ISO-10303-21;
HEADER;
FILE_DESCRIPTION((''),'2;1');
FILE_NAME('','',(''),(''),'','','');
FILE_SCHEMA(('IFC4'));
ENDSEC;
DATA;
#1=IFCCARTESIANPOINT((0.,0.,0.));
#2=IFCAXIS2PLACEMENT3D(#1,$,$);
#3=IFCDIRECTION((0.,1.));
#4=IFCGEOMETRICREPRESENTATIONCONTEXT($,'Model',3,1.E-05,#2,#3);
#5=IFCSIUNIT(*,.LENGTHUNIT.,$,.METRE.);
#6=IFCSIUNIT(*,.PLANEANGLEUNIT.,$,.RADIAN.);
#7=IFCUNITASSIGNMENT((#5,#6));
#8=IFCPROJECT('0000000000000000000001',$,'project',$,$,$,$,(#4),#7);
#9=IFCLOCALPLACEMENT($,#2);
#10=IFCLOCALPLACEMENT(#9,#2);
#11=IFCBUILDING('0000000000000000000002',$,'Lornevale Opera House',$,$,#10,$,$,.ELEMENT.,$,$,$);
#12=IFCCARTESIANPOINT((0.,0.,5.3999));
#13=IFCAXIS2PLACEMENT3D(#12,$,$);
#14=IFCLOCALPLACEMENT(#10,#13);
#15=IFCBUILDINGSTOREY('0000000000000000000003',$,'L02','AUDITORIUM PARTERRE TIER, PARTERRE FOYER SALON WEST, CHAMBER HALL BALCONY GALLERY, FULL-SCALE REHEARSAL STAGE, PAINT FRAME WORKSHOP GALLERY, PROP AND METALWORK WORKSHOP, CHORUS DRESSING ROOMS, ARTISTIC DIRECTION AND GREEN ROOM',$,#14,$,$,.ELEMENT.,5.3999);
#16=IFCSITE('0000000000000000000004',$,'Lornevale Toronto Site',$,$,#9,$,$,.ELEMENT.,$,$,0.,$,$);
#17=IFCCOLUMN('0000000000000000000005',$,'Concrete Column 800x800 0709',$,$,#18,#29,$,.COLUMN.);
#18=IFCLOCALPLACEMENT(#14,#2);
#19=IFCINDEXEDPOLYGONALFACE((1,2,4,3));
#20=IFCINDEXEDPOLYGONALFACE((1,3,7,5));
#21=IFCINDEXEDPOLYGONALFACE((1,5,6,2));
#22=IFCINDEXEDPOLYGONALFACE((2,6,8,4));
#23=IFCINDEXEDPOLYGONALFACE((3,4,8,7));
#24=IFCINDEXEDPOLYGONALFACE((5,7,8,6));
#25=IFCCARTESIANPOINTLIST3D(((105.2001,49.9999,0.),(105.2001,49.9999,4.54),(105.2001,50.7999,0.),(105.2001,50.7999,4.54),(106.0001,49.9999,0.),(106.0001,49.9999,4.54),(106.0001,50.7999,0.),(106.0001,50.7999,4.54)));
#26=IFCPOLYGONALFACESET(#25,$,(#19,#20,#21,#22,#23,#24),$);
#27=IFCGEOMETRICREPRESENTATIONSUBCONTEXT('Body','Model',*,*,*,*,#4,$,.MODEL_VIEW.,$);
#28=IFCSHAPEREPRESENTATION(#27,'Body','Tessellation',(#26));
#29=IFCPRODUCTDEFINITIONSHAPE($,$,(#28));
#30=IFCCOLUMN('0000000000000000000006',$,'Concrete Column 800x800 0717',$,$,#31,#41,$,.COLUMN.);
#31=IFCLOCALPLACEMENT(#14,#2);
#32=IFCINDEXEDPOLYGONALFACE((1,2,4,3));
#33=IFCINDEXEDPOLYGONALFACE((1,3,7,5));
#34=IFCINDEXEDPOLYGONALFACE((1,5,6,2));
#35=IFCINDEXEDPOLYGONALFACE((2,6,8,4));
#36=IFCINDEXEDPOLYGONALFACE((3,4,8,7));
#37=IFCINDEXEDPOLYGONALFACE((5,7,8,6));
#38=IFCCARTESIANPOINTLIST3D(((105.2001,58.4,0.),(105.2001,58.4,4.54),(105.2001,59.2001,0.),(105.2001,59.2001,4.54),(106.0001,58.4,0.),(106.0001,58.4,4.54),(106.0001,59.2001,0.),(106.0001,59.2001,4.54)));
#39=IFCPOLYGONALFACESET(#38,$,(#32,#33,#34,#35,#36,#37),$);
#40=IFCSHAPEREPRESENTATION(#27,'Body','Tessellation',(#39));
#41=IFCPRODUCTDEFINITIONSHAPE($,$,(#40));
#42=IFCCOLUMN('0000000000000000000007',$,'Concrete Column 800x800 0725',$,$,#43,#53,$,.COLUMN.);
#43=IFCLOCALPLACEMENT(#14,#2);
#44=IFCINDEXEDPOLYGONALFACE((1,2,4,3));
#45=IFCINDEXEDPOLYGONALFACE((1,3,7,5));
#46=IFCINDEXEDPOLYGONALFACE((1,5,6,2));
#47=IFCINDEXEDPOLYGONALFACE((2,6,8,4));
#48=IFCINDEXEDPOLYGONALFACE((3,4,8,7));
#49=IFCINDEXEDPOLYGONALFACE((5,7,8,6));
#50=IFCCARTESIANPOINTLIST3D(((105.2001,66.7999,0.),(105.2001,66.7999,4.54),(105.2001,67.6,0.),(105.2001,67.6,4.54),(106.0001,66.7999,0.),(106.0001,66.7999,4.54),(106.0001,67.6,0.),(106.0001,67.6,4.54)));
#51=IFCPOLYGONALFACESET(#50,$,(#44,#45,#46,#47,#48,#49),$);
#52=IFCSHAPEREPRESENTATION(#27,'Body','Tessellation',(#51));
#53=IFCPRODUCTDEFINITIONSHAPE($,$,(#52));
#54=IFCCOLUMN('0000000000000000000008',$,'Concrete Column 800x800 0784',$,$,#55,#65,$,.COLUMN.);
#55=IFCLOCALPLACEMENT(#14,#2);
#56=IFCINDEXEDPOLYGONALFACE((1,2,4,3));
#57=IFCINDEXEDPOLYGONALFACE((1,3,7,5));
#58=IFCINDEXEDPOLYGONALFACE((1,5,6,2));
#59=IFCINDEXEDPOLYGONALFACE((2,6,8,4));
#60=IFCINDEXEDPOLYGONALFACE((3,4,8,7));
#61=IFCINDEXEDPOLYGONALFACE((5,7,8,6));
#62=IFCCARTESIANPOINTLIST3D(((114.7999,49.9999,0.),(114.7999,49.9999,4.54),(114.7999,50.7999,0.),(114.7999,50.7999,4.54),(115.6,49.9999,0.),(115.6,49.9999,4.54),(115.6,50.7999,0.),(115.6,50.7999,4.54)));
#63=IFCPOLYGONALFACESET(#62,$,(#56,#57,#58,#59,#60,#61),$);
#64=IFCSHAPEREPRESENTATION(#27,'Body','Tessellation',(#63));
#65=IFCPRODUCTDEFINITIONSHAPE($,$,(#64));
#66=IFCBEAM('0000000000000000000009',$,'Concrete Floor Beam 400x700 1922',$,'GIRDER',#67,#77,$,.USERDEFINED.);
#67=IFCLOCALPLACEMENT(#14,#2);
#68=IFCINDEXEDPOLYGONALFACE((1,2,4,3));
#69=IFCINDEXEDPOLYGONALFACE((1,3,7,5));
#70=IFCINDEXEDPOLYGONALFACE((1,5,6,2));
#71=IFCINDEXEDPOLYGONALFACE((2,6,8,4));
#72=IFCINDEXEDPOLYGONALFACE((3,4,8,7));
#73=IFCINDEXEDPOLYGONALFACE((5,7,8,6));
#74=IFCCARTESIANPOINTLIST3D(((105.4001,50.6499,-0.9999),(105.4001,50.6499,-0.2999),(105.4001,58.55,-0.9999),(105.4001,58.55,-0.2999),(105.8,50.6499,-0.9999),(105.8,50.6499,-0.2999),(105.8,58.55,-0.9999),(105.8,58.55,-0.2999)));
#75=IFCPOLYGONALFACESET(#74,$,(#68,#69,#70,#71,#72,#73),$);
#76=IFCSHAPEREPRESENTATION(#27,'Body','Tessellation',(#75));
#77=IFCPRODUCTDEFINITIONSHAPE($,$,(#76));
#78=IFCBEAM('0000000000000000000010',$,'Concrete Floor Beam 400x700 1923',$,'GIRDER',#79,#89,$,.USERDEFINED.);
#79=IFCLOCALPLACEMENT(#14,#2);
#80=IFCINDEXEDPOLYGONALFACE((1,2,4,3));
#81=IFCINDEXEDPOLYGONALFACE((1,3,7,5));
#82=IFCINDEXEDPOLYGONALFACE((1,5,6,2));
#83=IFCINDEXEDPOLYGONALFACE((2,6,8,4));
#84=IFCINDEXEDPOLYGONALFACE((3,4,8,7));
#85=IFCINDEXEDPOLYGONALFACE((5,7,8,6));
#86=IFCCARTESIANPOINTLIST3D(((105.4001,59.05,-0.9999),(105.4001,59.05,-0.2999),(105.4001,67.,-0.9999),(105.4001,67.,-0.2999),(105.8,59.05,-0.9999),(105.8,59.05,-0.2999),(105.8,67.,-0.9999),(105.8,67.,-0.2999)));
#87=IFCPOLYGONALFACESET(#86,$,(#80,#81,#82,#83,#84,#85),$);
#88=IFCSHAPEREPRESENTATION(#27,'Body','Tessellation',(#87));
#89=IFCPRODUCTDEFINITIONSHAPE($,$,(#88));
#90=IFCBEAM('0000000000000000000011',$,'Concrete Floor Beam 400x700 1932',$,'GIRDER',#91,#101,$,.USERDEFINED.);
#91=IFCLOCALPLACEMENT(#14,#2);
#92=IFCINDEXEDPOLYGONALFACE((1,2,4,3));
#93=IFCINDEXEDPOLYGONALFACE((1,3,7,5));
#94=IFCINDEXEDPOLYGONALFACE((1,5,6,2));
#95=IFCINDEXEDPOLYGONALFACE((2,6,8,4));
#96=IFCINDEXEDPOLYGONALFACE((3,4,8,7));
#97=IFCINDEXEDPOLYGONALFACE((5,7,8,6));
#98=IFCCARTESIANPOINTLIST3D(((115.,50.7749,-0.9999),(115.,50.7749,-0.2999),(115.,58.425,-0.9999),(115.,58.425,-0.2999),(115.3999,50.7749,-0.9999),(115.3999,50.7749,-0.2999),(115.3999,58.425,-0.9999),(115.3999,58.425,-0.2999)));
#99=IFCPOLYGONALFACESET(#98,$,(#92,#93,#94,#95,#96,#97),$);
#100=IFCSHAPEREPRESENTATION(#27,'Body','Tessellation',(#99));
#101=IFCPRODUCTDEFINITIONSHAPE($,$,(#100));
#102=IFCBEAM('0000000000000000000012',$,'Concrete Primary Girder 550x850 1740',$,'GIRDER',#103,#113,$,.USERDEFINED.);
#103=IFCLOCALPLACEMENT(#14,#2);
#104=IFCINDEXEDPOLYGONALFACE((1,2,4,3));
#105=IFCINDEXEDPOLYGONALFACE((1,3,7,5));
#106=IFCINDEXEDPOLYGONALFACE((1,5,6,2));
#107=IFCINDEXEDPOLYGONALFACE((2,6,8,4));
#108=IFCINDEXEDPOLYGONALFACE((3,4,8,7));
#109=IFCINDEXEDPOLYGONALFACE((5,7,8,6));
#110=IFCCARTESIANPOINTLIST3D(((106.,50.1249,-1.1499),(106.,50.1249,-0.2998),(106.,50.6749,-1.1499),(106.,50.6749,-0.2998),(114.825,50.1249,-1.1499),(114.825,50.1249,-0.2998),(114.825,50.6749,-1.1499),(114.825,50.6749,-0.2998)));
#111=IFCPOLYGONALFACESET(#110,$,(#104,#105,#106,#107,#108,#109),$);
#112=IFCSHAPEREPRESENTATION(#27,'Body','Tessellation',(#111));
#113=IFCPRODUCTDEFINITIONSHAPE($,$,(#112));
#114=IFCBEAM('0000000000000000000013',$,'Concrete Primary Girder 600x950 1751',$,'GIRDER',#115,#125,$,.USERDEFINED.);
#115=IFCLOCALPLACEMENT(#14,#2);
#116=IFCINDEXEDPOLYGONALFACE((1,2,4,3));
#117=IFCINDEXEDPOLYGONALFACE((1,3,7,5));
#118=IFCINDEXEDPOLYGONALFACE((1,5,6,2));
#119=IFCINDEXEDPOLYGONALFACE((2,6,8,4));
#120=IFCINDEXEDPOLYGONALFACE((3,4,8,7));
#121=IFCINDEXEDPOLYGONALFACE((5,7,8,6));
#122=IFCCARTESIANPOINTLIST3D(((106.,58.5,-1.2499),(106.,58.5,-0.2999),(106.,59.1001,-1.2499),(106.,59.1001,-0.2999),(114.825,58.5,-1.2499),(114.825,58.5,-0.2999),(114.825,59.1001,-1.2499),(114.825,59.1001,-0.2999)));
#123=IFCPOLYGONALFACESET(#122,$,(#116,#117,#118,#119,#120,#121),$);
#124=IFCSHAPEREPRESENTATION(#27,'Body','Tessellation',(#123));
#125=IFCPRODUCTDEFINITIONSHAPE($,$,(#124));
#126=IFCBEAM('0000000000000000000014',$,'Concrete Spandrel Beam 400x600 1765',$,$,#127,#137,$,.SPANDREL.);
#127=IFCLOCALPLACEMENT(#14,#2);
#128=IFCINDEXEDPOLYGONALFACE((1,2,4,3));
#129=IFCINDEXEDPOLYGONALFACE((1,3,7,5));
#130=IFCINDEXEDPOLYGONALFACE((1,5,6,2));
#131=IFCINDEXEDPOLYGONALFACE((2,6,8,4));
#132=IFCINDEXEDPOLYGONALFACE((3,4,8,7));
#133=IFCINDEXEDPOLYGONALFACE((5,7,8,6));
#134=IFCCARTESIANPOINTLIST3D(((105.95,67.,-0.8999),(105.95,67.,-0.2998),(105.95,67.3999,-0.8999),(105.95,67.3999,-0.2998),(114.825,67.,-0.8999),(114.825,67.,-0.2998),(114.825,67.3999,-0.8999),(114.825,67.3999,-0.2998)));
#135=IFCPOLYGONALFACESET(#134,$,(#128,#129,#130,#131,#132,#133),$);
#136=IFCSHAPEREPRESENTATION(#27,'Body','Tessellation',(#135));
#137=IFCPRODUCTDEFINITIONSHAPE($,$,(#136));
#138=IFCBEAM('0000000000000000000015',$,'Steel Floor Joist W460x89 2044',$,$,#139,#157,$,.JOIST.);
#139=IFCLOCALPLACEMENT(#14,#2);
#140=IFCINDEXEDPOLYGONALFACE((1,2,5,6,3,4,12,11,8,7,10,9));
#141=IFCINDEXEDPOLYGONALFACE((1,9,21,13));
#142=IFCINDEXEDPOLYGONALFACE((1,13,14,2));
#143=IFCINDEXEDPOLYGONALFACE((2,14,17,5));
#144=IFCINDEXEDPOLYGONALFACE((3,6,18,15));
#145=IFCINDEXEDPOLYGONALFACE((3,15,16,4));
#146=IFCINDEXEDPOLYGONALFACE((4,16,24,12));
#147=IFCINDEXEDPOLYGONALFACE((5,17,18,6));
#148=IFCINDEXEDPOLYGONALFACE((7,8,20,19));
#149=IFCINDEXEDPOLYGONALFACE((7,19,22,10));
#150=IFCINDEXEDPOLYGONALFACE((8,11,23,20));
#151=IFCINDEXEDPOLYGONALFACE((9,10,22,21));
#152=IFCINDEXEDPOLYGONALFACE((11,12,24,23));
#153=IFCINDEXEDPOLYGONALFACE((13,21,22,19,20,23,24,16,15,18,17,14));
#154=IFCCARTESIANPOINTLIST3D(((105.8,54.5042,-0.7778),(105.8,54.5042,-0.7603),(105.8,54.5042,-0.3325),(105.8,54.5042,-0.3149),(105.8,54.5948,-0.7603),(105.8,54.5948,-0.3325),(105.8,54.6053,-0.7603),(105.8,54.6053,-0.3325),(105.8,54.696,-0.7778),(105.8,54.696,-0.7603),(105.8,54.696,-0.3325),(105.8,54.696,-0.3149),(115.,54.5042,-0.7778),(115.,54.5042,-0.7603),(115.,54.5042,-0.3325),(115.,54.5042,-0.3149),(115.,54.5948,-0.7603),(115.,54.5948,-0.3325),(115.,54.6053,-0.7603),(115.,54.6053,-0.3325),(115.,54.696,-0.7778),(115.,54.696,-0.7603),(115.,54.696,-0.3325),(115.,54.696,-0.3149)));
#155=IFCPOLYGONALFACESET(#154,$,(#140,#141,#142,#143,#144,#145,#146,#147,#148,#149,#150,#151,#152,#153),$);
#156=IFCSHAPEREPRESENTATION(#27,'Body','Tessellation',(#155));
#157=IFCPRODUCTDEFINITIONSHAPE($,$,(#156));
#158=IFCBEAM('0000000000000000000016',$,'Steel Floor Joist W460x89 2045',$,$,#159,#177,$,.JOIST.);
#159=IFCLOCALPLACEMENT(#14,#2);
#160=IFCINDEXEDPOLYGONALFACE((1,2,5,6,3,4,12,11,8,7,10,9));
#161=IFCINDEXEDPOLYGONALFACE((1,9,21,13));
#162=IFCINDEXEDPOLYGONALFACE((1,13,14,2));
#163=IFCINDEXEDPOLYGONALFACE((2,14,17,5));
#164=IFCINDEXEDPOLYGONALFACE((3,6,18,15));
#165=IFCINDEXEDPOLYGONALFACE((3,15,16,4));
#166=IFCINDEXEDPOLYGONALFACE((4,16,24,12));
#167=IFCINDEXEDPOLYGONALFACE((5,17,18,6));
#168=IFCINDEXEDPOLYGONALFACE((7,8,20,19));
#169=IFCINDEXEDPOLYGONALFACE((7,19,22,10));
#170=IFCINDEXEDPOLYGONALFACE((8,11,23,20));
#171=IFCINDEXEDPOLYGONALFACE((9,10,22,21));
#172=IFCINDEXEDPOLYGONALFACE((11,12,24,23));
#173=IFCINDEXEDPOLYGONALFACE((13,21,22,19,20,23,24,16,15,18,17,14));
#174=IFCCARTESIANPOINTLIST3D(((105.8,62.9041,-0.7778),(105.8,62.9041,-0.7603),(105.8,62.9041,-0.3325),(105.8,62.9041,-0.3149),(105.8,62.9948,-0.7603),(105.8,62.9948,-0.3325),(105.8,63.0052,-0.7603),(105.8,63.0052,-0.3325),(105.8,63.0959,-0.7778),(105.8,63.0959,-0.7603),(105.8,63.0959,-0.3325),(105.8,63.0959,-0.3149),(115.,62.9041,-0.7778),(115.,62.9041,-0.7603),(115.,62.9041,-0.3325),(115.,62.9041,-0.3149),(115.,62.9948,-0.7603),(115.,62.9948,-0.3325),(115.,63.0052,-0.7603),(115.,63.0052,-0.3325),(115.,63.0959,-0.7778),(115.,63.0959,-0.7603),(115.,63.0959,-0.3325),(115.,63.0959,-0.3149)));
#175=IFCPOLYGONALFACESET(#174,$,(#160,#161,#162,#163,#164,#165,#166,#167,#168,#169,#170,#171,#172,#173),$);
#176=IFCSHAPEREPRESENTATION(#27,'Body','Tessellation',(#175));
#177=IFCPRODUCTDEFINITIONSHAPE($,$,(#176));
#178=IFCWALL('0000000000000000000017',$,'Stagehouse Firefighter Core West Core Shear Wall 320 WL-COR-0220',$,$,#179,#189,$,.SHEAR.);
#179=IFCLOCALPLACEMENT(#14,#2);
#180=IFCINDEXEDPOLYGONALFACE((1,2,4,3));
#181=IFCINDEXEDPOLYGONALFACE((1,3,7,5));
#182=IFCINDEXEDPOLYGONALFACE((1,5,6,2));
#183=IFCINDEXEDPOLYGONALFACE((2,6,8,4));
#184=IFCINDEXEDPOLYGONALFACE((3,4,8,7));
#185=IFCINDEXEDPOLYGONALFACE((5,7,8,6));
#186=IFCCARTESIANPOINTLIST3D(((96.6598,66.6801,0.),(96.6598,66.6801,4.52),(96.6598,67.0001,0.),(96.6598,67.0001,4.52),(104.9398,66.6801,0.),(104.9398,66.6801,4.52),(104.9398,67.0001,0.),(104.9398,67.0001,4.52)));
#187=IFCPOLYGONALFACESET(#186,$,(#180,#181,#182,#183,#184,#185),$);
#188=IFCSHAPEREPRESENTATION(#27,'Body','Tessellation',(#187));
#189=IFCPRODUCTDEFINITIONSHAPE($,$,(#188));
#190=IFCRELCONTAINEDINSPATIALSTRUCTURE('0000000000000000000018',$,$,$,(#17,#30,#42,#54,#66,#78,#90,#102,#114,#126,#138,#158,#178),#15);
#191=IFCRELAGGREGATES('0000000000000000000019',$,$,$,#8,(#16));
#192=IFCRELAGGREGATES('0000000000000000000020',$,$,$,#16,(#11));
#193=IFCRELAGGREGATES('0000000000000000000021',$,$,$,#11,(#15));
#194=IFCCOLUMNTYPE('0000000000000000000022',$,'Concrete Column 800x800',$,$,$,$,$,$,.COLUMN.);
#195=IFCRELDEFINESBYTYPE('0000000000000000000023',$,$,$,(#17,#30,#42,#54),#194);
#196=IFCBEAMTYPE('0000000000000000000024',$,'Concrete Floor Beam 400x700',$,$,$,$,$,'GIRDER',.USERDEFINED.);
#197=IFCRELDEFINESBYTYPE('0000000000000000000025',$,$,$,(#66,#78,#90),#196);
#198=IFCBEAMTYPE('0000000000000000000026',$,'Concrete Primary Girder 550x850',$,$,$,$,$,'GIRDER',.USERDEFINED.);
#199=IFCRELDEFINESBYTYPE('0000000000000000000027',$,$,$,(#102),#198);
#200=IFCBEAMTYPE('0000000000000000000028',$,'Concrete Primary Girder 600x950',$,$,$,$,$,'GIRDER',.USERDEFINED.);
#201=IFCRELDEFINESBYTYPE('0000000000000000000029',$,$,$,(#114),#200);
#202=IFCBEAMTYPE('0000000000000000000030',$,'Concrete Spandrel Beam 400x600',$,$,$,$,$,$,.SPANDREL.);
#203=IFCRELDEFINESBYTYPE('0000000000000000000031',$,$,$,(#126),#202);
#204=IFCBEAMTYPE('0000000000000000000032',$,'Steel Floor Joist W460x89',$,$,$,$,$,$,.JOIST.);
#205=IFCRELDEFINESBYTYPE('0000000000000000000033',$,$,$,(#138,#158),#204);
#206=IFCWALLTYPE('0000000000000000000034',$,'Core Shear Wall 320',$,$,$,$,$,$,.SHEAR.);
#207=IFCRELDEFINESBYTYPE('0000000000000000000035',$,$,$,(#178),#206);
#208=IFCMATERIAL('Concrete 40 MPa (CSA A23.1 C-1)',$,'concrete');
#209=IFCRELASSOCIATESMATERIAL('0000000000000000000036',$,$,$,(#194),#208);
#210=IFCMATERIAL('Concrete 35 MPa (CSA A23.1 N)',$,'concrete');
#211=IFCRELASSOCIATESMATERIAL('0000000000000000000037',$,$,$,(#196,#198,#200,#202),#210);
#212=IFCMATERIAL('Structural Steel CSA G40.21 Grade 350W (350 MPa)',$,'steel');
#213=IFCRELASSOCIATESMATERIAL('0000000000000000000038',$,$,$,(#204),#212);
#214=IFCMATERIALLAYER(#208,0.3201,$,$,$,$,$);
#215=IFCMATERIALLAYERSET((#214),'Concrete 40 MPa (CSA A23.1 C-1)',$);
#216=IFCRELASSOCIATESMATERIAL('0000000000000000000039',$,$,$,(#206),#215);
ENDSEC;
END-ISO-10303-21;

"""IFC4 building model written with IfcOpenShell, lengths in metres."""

from ifc_helpers import new_model, si_unit, direction, frame, frame_2d, origin, origin_2d, place, context, subcontext, project, spatial, rectangle, i_section, extrude, material, layer, layer_set, material_profile, profile_set, type_object, element, save


model = new_model("IFC4")

# Units and contexts
model_context = context("Model", 3, precision=1e-05, world=origin(), true_north=direction((0.0, 1.0)))
body_context = subcontext(model_context, "Body", "Model", "MODEL_VIEW")
ifc_project = project(units=[si_unit("LENGTHUNIT", "METRE"), si_unit("PLANEANGLEUNIT", "RADIAN")], contexts=[model_context])

# Site, building, storey
site_placement = place(None, origin())
site = spatial("IfcSite", under=ifc_project, at=site_placement, Name="Lornevale Toronto Site", CompositionType="ELEMENT", RefElevation=0.0)
building_placement = place(site_placement, origin())
building = spatial("IfcBuilding", under=site, at=building_placement, Name="Lornevale Opera House", CompositionType="ELEMENT")
storey_placement = place(building_placement, frame((0.0, 0.0, 5.3999)))
storey = spatial("IfcBuildingStorey", under=building, at=storey_placement, Name="L02", Description="AUDITORIUM PARTERRE TIER, PARTERRE FOYER SALON WEST, CHAMBER HALL BALCONY GALLERY, FULL-SCALE REHEARSAL STAGE, PAINT FRAME WORKSHOP GALLERY, PROP AND METALWORK WORKSHOP, CHORUS DRESSING ROOMS, ARTISTIC DIRECTION AND GREEN ROOM", CompositionType="ELEMENT", Elevation=5.3999)

# Columns
ifc_material_1 = material(Name="Concrete 40 MPa (CSA A23.1 C-1)", Category="concrete")
ifc_material_profile_1 = material_profile(ifc_material_1, rectangle(XDim=0.8, YDim=0.8, at=origin_2d()), Name="RC800x800")
ifc_profile_set_1 = profile_set([ifc_material_profile_1], Name="Concrete 40 MPa (CSA A23.1 C-1)")
column_type = type_object("IfcColumnType", Name="Concrete Column 800x800", PredefinedType="COLUMN", material=ifc_profile_set_1)
for number, where, z_axis, x_axis, name in (
    (1, (105.6001, 50.3999, 0.0), (0.0, 0.0, 1.0), (1.0, 0.0, 0.0), "Concrete Column 800x800 0709"),
    (2, (105.6001, 58.8, 0.0), (0.0, 0.0, 1.0), (1.0, 0.0, 0.0), "Concrete Column 800x800 0717"),
    (3, (105.6001, 67.2, 0.0), (0.0, 0.0, 1.0), (1.0, 0.0, 0.0), "Concrete Column 800x800 0725"),
    (4, (115.2, 50.3999, 0.0), (0.0, 0.0, 1.0), (1.0, 0.0, 0.0), "Concrete Column 800x800 0784"),
):
    element("IfcColumn", number, at=place(storey_placement, frame(where, z_axis=z_axis, x_axis=x_axis)), inside=storey, type_object=column_type, Name=name, PredefinedType="COLUMN", context=body_context, shape_type="SweptSolid", body=[
        extrude(rectangle(XDim=0.8, YDim=0.8, at=origin_2d()), origin(), (0.0, 0.0, 1.0), 4.54),
    ])

# Beams
ifc_material_2 = material(Name="Concrete 35 MPa (CSA A23.1 N)", Category="concrete")
ifc_material_profile_2 = material_profile(ifc_material_2, rectangle(XDim=0.3999, YDim=0.7, at=origin_2d()), Name="RC400x700")
ifc_profile_set_2 = profile_set([ifc_material_profile_2], Name="Concrete 35 MPa (CSA A23.1 N)")
beam_type_1 = type_object("IfcBeamType", Name="Concrete Floor Beam 400x700", ElementType="GIRDER", PredefinedType="USERDEFINED", material=ifc_profile_set_2)
beam_1_placement = place(storey_placement, frame((105.6001, 50.6499, -0.6499), z_axis=(0.0, 1.0, 0.0), x_axis=(-1.0, 0.0, 0.0)))
element("IfcBeam", 5, at=beam_1_placement, inside=storey, type_object=beam_type_1, Name="Concrete Floor Beam 400x700 1922", ObjectType="GIRDER", PredefinedType="USERDEFINED", context=body_context, shape_type="SweptSolid", body=[
    extrude(rectangle(XDim=0.3999, YDim=0.7, at=origin_2d()), origin(), (0.0, 0.0, 1.0), 7.9001),
])
beam_2_placement = place(storey_placement, frame((105.6001, 59.05, -0.6499), z_axis=(0.0, 1.0, 0.0), x_axis=(-1.0, 0.0, 0.0)))
element("IfcBeam", 6, at=beam_2_placement, inside=storey, type_object=beam_type_1, Name="Concrete Floor Beam 400x700 1923", ObjectType="GIRDER", PredefinedType="USERDEFINED", context=body_context, shape_type="SweptSolid", body=[
    extrude(rectangle(XDim=0.3999, YDim=0.7, at=origin_2d()), origin(), (0.0, 0.0, 1.0), 7.95),
])
beam_3_placement = place(storey_placement, frame((115.2, 50.7749, -0.6499), z_axis=(0.0, 1.0, 0.0), x_axis=(-1.0, 0.0, 0.0)))
element("IfcBeam", 7, at=beam_3_placement, inside=storey, type_object=beam_type_1, Name="Concrete Floor Beam 400x700 1932", ObjectType="GIRDER", PredefinedType="USERDEFINED", context=body_context, shape_type="SweptSolid", body=[
    extrude(rectangle(XDim=0.3999, YDim=0.7, at=origin_2d()), origin(), (0.0, 0.0, 1.0), 7.6501),
])
ifc_material_profile_3 = material_profile(ifc_material_2, rectangle(XDim=0.55, YDim=0.8501, at=origin_2d()), Name="RC550x850")
ifc_profile_set_3 = profile_set([ifc_material_profile_3], Name="Concrete 35 MPa (CSA A23.1 N)")
beam_type_2 = type_object("IfcBeamType", Name="Concrete Primary Girder 550x850", ElementType="GIRDER", PredefinedType="USERDEFINED", material=ifc_profile_set_3)
beam_4_placement = place(storey_placement, frame((106.0, 50.3999, -0.7249), z_axis=(1.0, 0.0, 0.0), x_axis=(0.0, 1.0, 0.0)))
element("IfcBeam", 8, at=beam_4_placement, inside=storey, type_object=beam_type_2, Name="Concrete Primary Girder 550x850 1740", ObjectType="GIRDER", PredefinedType="USERDEFINED", context=body_context, shape_type="SweptSolid", body=[
    extrude(rectangle(XDim=0.55, YDim=0.8501, at=origin_2d()), origin(), (0.0, 0.0, 1.0), 8.825),
])
ifc_material_profile_4 = material_profile(ifc_material_2, rectangle(XDim=0.6001, YDim=0.95, at=origin_2d()), Name="RC600x950")
ifc_profile_set_4 = profile_set([ifc_material_profile_4], Name="Concrete 35 MPa (CSA A23.1 N)")
beam_type_3 = type_object("IfcBeamType", Name="Concrete Primary Girder 600x950", ElementType="GIRDER", PredefinedType="USERDEFINED", material=ifc_profile_set_4)
beam_5_placement = place(storey_placement, frame((106.0, 58.8, -0.7749), z_axis=(1.0, 0.0, 0.0), x_axis=(0.0, 1.0, 0.0)))
element("IfcBeam", 9, at=beam_5_placement, inside=storey, type_object=beam_type_3, Name="Concrete Primary Girder 600x950 1751", ObjectType="GIRDER", PredefinedType="USERDEFINED", context=body_context, shape_type="SweptSolid", body=[
    extrude(rectangle(XDim=0.6001, YDim=0.95, at=origin_2d()), origin(), (0.0, 0.0, 1.0), 8.825),
])
ifc_material_profile_5 = material_profile(ifc_material_2, rectangle(XDim=0.3999, YDim=0.6001, at=origin_2d()), Name="RC400x600")
ifc_profile_set_5 = profile_set([ifc_material_profile_5], Name="Concrete 35 MPa (CSA A23.1 N)")
beam_type_4 = type_object("IfcBeamType", Name="Concrete Spandrel Beam 400x600", PredefinedType="SPANDREL", material=ifc_profile_set_5)
beam_6_placement = place(storey_placement, frame((105.95, 67.2, -0.5999), z_axis=(1.0, 0.0, 0.0), x_axis=(0.0, 1.0, 0.0)))
element("IfcBeam", 10, at=beam_6_placement, inside=storey, type_object=beam_type_4, Name="Concrete Spandrel Beam 400x600 1765", PredefinedType="SPANDREL", context=body_context, shape_type="SweptSolid", body=[
    extrude(rectangle(XDim=0.3999, YDim=0.6001, at=origin_2d()), origin(), (0.0, 0.0, 1.0), 8.875),
])
ifc_material_3 = material(Name="Structural Steel CSA G40.21 Grade 350W (350 MPa)", Category="steel")
ifc_material_profile_6 = material_profile(ifc_material_3, i_section(OverallWidth=0.1919, OverallDepth=0.4629, WebThickness=0.0105, FlangeThickness=0.0176, at=origin_2d()), Name="W460x89")
ifc_profile_set_6 = profile_set([ifc_material_profile_6], Name="Structural Steel CSA G40.21 Grade 350W (350 MPa)")
beam_type_5 = type_object("IfcBeamType", Name="Steel Floor Joist W460x89", PredefinedType="JOIST", material=ifc_profile_set_6)
for number, where, z_axis, x_axis, name in (
    (11, (105.8, 54.6001, -0.5464), (1.0, 0.0, 0.0), (0.0, 1.0, 0.0), "Steel Floor Joist W460x89 2044"),
    (12, (105.8, 63.0, -0.5464), (1.0, 0.0, 0.0), (0.0, 1.0, 0.0), "Steel Floor Joist W460x89 2045"),
):
    element("IfcBeam", number, at=place(storey_placement, frame(where, z_axis=z_axis, x_axis=x_axis)), inside=storey, type_object=beam_type_5, Name=name, PredefinedType="JOIST", context=body_context, shape_type="SweptSolid", body=[
        extrude(i_section(OverallWidth=0.1919, OverallDepth=0.4629, WebThickness=0.0105, FlangeThickness=0.0176, at=origin_2d()), origin(), (0.0, 0.0, 1.0), 9.2),
    ])

# Wall
ifc_layer_1 = layer(ifc_material_1, 0.3201)
ifc_layer_set_1 = layer_set([ifc_layer_1], Name="Concrete 40 MPa (CSA A23.1 C-1)")
wall_type_1 = type_object("IfcWallType", Name="Core Shear Wall 320", PredefinedType="SHEAR", material=ifc_layer_set_1)
wall_1_placement = place(storey_placement, frame((104.9399, 66.8401, 0.0), z_axis=(0.0, 0.0, 1.0), x_axis=(-1.0, 0.0, 0.0)))
element("IfcWall", 13, at=wall_1_placement, inside=storey, type_object=wall_type_1, Name="Stagehouse Firefighter Core West Core Shear Wall 320 WL-COR-0220", PredefinedType="SHEAR", context=body_context, shape_type="SweptSolid", body=[
    extrude(rectangle(XDim=8.28, YDim=0.3201, at=frame_2d((4.1401, 0.0))), origin(), (0.0, 0.0, 1.0), 4.52),
])

save(model, "model.ifc")
